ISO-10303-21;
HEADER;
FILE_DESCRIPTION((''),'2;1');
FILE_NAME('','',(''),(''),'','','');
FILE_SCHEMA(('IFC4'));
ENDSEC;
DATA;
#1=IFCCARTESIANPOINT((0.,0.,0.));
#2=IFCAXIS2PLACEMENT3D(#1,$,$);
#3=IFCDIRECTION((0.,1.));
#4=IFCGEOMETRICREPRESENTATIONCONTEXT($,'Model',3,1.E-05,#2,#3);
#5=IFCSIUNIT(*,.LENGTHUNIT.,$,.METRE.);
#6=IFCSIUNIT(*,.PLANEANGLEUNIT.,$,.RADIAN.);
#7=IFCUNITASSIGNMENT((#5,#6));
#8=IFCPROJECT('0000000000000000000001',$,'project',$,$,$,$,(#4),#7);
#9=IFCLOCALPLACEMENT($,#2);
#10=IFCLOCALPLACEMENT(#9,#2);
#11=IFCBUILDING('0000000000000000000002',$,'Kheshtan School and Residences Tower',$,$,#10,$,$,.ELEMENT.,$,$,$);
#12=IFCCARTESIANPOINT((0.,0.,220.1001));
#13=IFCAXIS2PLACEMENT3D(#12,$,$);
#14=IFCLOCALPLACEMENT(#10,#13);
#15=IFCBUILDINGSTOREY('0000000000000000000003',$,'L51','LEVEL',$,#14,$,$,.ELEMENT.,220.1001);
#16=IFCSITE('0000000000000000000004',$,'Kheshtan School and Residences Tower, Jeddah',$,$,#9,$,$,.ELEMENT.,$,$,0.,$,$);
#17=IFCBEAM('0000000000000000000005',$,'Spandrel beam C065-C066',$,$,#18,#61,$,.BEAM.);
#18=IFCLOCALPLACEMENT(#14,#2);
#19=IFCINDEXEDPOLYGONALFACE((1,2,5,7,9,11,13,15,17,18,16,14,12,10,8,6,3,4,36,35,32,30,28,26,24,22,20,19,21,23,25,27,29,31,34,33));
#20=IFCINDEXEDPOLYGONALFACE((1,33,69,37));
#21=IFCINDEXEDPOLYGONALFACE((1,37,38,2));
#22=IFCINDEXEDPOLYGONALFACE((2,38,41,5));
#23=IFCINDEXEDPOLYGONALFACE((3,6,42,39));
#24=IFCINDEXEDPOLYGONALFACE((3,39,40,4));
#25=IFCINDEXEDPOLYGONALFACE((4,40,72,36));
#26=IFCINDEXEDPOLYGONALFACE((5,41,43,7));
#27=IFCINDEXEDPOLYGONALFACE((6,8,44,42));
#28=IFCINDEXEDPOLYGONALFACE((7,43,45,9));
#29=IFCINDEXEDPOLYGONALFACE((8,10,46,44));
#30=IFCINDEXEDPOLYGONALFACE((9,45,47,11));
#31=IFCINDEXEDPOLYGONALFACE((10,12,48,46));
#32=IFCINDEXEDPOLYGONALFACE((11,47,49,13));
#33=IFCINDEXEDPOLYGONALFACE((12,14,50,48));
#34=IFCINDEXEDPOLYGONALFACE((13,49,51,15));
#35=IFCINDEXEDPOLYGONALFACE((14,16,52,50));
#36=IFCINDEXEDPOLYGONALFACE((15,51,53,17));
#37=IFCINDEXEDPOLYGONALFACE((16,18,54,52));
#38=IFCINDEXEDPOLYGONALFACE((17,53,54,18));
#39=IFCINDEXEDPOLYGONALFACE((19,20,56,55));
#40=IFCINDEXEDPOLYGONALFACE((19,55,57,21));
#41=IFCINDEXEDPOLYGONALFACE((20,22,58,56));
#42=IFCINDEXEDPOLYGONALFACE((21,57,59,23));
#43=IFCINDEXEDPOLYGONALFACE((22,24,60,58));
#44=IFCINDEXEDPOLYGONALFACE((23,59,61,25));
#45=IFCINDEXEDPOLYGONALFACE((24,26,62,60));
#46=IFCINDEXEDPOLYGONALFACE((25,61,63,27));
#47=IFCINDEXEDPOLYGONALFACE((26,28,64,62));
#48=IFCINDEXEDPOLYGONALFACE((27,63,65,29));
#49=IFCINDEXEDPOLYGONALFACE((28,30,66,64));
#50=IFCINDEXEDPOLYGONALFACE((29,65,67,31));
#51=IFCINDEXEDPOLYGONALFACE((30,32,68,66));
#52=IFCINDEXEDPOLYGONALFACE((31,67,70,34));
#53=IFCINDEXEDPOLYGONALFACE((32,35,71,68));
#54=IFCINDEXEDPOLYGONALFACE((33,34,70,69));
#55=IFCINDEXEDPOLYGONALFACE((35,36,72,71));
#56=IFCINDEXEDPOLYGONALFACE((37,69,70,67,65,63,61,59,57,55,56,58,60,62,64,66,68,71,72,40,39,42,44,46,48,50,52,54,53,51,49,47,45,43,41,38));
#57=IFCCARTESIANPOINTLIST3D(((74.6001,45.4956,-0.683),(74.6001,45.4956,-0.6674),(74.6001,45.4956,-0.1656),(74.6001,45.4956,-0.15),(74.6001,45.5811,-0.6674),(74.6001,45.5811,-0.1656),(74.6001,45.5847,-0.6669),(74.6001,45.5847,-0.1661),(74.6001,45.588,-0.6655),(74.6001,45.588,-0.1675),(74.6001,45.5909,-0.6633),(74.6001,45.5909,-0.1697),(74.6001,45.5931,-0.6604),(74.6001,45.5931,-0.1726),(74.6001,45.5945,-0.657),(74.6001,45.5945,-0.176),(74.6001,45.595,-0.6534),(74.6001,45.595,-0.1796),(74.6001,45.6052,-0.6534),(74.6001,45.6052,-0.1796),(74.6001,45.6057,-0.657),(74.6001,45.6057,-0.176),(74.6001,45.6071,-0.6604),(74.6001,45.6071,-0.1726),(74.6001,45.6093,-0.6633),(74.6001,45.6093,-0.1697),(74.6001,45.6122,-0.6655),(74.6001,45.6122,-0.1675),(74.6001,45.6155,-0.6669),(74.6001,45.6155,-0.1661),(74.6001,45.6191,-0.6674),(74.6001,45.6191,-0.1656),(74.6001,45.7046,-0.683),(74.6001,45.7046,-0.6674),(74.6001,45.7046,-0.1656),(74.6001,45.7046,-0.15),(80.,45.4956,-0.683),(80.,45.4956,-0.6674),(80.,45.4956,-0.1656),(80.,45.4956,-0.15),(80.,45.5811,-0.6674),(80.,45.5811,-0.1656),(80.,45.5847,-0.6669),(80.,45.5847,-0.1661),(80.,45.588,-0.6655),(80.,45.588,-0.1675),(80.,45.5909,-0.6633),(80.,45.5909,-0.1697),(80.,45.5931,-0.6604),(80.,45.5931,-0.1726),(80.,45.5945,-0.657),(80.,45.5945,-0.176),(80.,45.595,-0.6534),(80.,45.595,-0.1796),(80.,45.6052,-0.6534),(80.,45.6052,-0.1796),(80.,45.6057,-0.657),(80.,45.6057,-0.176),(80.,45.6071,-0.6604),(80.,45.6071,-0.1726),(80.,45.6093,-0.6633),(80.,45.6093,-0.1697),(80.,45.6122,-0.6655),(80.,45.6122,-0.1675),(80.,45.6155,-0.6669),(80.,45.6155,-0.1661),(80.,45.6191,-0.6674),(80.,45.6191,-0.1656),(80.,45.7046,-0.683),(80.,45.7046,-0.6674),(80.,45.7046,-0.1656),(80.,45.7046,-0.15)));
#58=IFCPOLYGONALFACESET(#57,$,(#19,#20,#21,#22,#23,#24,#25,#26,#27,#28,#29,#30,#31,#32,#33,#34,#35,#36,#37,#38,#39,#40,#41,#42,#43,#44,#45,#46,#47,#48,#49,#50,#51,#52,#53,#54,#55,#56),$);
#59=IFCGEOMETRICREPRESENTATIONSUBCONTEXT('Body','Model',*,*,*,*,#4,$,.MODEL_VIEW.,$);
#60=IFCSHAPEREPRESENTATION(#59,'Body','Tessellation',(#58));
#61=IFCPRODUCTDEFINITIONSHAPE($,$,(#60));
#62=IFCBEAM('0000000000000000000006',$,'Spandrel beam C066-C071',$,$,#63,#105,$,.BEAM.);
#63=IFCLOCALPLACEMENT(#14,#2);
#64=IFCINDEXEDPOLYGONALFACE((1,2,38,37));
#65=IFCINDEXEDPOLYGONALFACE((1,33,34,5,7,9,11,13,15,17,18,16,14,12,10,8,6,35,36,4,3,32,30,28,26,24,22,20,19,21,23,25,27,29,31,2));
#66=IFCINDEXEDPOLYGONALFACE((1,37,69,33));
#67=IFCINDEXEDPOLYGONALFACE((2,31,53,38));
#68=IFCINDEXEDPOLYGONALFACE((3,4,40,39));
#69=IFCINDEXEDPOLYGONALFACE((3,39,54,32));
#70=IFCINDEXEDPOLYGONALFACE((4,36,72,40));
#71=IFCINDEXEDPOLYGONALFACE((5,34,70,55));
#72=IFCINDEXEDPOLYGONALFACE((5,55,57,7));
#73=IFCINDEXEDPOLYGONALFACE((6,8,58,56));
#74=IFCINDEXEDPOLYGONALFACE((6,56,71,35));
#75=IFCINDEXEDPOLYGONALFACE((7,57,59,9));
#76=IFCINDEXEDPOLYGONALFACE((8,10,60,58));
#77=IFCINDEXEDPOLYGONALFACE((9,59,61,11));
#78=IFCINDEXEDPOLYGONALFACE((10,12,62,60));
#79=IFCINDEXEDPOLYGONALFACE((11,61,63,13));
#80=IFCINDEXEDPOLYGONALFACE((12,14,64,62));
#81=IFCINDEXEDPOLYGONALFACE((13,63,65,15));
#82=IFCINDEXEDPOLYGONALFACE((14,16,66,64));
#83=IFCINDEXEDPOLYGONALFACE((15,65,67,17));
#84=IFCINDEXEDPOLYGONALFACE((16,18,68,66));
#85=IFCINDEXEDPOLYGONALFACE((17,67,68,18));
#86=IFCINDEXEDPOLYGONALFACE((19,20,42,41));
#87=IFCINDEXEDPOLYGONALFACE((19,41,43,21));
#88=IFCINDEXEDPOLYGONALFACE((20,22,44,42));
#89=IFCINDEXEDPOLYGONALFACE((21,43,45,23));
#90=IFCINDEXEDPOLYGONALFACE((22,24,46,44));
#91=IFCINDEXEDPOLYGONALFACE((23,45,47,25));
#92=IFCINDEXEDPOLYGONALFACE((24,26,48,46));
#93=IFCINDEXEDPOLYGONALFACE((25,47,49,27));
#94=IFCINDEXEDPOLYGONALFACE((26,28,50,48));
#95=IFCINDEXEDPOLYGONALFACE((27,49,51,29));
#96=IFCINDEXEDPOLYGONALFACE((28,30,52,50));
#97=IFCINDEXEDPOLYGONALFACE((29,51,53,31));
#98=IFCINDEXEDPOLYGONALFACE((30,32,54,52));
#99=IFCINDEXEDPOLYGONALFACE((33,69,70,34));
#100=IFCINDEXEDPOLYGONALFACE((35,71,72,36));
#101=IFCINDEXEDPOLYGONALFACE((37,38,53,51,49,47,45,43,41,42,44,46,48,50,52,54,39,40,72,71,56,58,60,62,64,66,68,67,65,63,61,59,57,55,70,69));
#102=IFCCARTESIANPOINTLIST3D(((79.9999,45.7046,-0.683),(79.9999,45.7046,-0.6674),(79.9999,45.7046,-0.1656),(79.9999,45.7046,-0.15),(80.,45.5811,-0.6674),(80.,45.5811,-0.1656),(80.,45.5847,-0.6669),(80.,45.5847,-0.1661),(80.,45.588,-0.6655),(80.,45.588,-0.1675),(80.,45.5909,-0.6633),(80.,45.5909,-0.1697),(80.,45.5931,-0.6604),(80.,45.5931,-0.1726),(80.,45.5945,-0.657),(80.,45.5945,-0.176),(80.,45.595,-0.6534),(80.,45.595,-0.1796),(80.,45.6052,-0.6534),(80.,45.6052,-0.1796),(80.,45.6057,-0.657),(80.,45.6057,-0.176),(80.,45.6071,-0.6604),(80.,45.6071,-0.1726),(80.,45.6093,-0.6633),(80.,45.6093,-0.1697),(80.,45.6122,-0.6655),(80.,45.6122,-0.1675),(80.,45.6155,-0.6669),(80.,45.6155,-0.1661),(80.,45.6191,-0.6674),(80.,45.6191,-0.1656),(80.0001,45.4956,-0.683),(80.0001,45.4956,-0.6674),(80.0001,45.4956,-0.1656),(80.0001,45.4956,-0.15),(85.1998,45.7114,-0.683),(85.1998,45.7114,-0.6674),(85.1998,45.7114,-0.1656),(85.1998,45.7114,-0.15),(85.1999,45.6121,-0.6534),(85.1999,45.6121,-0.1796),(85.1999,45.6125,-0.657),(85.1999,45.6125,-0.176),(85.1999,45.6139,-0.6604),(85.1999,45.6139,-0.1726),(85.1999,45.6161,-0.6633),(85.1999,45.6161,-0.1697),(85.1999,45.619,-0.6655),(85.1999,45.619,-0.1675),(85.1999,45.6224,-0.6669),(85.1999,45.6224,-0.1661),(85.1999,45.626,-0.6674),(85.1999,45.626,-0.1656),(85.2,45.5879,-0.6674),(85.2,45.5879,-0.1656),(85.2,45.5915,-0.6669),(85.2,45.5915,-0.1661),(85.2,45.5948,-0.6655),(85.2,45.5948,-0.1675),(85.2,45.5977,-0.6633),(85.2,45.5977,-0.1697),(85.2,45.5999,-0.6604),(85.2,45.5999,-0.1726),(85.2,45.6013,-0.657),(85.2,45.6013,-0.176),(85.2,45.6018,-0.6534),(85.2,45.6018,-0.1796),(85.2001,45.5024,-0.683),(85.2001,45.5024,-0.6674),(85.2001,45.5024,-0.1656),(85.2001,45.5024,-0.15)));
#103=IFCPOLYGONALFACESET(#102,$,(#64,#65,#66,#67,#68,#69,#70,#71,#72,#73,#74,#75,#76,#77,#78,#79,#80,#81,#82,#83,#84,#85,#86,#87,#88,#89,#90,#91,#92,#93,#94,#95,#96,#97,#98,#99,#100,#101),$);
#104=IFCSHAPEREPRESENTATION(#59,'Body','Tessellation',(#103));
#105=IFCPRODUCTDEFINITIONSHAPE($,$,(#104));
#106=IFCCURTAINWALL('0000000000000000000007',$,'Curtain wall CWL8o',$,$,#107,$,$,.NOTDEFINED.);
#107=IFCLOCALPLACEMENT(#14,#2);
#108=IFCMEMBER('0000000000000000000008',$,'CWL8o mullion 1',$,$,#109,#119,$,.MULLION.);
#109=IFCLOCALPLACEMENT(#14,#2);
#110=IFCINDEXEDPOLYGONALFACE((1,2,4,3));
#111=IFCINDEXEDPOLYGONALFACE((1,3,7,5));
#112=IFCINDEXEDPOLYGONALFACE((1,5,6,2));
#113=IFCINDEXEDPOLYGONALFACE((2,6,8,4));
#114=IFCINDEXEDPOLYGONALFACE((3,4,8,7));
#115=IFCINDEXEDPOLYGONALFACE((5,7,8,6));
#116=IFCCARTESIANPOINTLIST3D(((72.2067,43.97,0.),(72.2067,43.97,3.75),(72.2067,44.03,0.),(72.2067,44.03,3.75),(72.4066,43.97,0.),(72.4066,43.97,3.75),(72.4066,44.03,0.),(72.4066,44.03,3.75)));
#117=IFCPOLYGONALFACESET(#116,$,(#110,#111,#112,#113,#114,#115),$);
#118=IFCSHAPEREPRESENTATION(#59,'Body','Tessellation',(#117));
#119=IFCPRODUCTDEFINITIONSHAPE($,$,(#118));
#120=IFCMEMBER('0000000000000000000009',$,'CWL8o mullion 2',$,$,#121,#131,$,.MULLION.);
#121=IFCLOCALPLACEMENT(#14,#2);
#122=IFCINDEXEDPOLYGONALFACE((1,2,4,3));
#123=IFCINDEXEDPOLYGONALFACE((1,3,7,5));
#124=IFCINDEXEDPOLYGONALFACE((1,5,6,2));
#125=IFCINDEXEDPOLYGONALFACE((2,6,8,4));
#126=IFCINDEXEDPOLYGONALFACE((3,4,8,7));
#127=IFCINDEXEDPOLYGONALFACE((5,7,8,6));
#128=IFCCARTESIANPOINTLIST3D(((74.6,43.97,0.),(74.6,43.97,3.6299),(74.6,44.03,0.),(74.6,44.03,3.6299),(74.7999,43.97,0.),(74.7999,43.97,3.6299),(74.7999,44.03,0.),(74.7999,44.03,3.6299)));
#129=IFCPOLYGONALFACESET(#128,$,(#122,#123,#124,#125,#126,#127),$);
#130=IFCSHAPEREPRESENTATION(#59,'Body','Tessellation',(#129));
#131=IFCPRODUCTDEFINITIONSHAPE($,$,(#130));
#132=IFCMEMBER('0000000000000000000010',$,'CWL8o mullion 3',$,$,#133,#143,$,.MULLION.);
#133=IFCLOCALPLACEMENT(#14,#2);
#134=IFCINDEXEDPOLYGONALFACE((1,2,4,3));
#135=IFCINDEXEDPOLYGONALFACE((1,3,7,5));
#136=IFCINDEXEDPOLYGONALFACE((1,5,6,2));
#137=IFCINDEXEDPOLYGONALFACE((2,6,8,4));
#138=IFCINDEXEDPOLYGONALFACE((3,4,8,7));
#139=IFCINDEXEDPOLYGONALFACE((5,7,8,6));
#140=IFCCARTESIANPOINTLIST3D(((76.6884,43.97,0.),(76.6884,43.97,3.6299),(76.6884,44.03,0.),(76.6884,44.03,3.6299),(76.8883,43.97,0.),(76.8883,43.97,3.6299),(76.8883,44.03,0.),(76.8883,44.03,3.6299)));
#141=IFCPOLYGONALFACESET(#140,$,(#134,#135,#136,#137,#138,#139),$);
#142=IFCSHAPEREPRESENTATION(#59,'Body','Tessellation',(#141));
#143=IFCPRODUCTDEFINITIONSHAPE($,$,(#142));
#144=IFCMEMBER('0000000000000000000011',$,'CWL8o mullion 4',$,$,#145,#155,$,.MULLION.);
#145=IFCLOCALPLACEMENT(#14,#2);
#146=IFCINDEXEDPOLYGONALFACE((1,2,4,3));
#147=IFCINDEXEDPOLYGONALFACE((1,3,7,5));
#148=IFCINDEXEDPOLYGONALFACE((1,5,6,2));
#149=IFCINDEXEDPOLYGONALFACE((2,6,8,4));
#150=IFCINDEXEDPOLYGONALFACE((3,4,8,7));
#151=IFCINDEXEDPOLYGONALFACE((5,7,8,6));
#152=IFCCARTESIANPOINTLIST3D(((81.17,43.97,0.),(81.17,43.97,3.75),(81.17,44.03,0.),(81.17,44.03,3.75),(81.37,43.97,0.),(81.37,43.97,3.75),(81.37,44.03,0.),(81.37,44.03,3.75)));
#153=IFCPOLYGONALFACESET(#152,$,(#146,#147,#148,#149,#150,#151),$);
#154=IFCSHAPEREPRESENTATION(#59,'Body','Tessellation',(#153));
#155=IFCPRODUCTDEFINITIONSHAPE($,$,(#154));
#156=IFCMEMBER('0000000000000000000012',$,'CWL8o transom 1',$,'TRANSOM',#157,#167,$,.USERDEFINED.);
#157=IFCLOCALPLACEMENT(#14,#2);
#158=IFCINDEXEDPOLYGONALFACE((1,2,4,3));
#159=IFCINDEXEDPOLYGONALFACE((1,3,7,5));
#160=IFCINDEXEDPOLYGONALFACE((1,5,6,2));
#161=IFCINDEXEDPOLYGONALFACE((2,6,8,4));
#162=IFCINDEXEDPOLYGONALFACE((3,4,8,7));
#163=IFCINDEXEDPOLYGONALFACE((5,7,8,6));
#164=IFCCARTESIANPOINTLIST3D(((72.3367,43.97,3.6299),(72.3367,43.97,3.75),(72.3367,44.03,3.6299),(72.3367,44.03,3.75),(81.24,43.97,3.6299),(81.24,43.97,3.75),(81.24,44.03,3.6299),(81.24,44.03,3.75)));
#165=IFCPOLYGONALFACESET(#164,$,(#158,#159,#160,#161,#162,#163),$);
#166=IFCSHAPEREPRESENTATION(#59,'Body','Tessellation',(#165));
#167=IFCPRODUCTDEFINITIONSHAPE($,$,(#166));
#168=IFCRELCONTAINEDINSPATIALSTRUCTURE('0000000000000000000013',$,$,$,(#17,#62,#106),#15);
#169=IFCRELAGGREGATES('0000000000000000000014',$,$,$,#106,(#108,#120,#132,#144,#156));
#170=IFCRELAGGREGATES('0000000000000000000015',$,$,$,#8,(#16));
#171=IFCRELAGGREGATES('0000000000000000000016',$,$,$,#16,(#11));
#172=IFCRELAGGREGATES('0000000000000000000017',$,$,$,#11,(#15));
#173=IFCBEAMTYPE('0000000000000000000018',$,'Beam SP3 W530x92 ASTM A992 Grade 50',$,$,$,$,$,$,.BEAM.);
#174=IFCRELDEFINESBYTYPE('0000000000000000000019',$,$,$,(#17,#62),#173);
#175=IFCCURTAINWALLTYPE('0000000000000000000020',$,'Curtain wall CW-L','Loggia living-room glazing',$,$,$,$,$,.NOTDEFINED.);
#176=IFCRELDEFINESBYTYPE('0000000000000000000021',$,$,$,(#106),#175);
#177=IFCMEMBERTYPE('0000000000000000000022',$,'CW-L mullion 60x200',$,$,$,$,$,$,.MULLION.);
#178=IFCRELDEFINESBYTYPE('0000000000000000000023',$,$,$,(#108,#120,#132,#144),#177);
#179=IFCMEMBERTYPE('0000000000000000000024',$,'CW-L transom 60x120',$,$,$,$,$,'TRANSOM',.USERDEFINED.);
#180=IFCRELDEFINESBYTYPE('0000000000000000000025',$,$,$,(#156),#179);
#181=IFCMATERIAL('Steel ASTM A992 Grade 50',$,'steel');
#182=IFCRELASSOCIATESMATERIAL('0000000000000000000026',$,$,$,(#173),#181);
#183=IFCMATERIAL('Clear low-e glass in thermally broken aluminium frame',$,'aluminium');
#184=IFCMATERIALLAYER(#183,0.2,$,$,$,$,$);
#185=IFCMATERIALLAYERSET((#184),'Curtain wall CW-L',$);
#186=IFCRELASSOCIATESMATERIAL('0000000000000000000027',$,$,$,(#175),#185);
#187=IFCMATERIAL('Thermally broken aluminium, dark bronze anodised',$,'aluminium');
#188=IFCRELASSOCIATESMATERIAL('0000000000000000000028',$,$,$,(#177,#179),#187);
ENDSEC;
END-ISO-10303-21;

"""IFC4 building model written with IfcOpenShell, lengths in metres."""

from ifc_helpers import new_model, si_unit, direction, frame, origin, origin_2d, place, context, subcontext, project, spatial, rectangle, i_section, extrude, material, layer, layer_set, material_profile, profile_set, type_object, element, aggregate, save


model = new_model("IFC4")

# Units and contexts
model_context = context("Model", 3, precision=1e-05, world=origin(), true_north=direction((0.0, 1.0)))
body_context = subcontext(model_context, "Body", "Model", "MODEL_VIEW")
ifc_project = project(units=[si_unit("LENGTHUNIT", "METRE"), si_unit("PLANEANGLEUNIT", "RADIAN")], contexts=[model_context])

# Site, building, storey
site_placement = place(None, origin())
site = spatial("IfcSite", under=ifc_project, at=site_placement, Name="Kheshtan School and Residences Tower, Jeddah", CompositionType="ELEMENT", RefElevation=0.0)
building_placement = place(site_placement, origin())
building = spatial("IfcBuilding", under=site, at=building_placement, Name="Kheshtan School and Residences Tower", CompositionType="ELEMENT")
storey_placement = place(building_placement, frame((0.0, 0.0, 220.1001)))
storey = spatial("IfcBuildingStorey", under=building, at=storey_placement, Name="L51", Description="LEVEL", CompositionType="ELEMENT", Elevation=220.1001)

# Shared definitions
ifc_material_1 = material(Name="Steel ASTM A992 Grade 50", Category="steel")

# Beams
ifc_material_profile_1 = material_profile(ifc_material_1, i_section(OverallWidth=0.209, OverallDepth=0.533, WebThickness=0.0103, FlangeThickness=0.0156, FilletRadius=0.0139, at=origin_2d()), Name="W530x92")
ifc_profile_set_1 = profile_set([ifc_material_profile_1], Name="Steel ASTM A992 Grade 50")
beam_type_1 = type_object("IfcBeamType", Name="Beam SP3 W530x92 ASTM A992 Grade 50", PredefinedType="BEAM", material=ifc_profile_set_1)
beam_1_placement = place(storey_placement, frame((74.6001, 45.6001, -0.4165), z_axis=(1.0, 0.0, 0.0), x_axis=(0.0, 1.0, 0.0)))
element("IfcBeam", 1, at=beam_1_placement, inside=storey, type_object=beam_type_1, Name="Spandrel beam C065-C066", PredefinedType="BEAM", context=body_context, shape_type="SweptSolid", body=[
    extrude(i_section(OverallWidth=0.209, OverallDepth=0.533, WebThickness=0.0103, FlangeThickness=0.0156, FilletRadius=0.0139, at=origin_2d()), origin(), (0.0, 0.0, 1.0), 5.3999),
])
beam_2_placement = place(storey_placement, frame((80.0, 45.6001, -0.4165), z_axis=(0.999999, 0.001315, 0.0), x_axis=(-0.001315, 0.999999, 0.0)))
element("IfcBeam", 2, at=beam_2_placement, inside=storey, type_object=beam_type_1, Name="Spandrel beam C066-C071", PredefinedType="BEAM", context=body_context, shape_type="SweptSolid", body=[
    extrude(i_section(OverallWidth=0.209, OverallDepth=0.533, WebThickness=0.0103, FlangeThickness=0.0156, FilletRadius=0.0139, at=origin_2d()), origin(), (0.0, 0.0, 1.0), 5.2),
])

# Curtain wall, members
ifc_material_2 = material(Name="Clear low-e glass in thermally broken aluminium frame", Category="aluminium")
ifc_layer_1 = layer(ifc_material_2, 0.2)
ifc_layer_set_1 = layer_set([ifc_layer_1], Name="Curtain wall CW-L")
curtain_wall_type = type_object("IfcCurtainWallType", Name="Curtain wall CW-L", Description="Loggia living-room glazing", PredefinedType="NOTDEFINED", material=ifc_layer_set_1)
curtain_wall_1_placement = place(storey_placement, origin())
curtain_wall_1 = element("IfcCurtainWall", 3, at=curtain_wall_1_placement, inside=storey, type_object=curtain_wall_type, Name="Curtain wall CWL8o", PredefinedType="NOTDEFINED")
ifc_material_3 = material(Name="Thermally broken aluminium, dark bronze anodised", Category="aluminium")
ifc_material_profile_2 = material_profile(ifc_material_3, rectangle(XDim=0.0601, YDim=0.2, at=origin_2d()), Name="CW-L mullion 60x200")
ifc_profile_set_2 = profile_set([ifc_material_profile_2], Name="Thermally broken aluminium, dark bronze anodised")
member_type_1 = type_object("IfcMemberType", Name="CW-L mullion 60x200", PredefinedType="MULLION", material=ifc_profile_set_2)
member_1_placement = place(storey_placement, frame((72.3066, 44.0, 0.0), z_axis=(0.0, 0.0, 1.0), x_axis=(0.0, 1.0, 0.0)))
member_1 = element("IfcMember", 4, at=member_1_placement, type_object=member_type_1, Name="CWL8o mullion 1", PredefinedType="MULLION", context=body_context, shape_type="SweptSolid", body=[
    extrude(rectangle(XDim=0.0601, YDim=0.2, at=origin_2d()), origin(), (0.0, 0.0, 1.0), 3.75),
])
member_2_placement = place(storey_placement, frame((74.7, 44.0, 0.0), z_axis=(0.0, 0.0, 1.0), x_axis=(0.0, 1.0, 0.0)))
member_2 = element("IfcMember", 5, at=member_2_placement, type_object=member_type_1, Name="CWL8o mullion 2", PredefinedType="MULLION", context=body_context, shape_type="SweptSolid", body=[
    extrude(rectangle(XDim=0.0601, YDim=0.2, at=origin_2d()), origin(), (0.0, 0.0, 1.0), 3.6299),
])
member_3_placement = place(storey_placement, frame((76.7883, 44.0, 0.0), z_axis=(0.0, 0.0, 1.0), x_axis=(0.0, 1.0, 0.0)))
member_3 = element("IfcMember", 6, at=member_3_placement, type_object=member_type_1, Name="CWL8o mullion 3", PredefinedType="MULLION", context=body_context, shape_type="SweptSolid", body=[
    extrude(rectangle(XDim=0.0601, YDim=0.2, at=origin_2d()), origin(), (0.0, 0.0, 1.0), 3.6299),
])
member_4_placement = place(storey_placement, frame((81.27, 44.0, 0.0), z_axis=(0.0, 0.0, 1.0), x_axis=(0.0, 1.0, 0.0)))
member_4 = element("IfcMember", 7, at=member_4_placement, type_object=member_type_1, Name="CWL8o mullion 4", PredefinedType="MULLION", context=body_context, shape_type="SweptSolid", body=[
    extrude(rectangle(XDim=0.0601, YDim=0.2, at=origin_2d()), origin(), (0.0, 0.0, 1.0), 3.75),
])
ifc_material_profile_3 = material_profile(ifc_material_3, rectangle(XDim=0.0601, YDim=0.1201, at=origin_2d()), Name="CW-L transom 60x120")
ifc_profile_set_3 = profile_set([ifc_material_profile_3], Name="Thermally broken aluminium, dark bronze anodised")
member_type_2 = type_object("IfcMemberType", Name="CW-L transom 60x120", ElementType="TRANSOM", PredefinedType="USERDEFINED", material=ifc_profile_set_3)
member_5_placement = place(storey_placement, frame((72.3367, 44.0, 3.6899), z_axis=(1.0, 0.0, 0.0), x_axis=(0.0, 1.0, 0.0)))
member_5 = element("IfcMember", 8, at=member_5_placement, type_object=member_type_2, Name="CWL8o transom 1", ObjectType="TRANSOM", PredefinedType="USERDEFINED", context=body_context, shape_type="SweptSolid", body=[
    extrude(rectangle(XDim=0.0601, YDim=0.1201, at=origin_2d()), origin(), (0.0, 0.0, 1.0), 8.9033),
])

aggregate(curtain_wall_1, [member_1, member_2, member_3, member_4, member_5])

save(model, "model.ifc")
